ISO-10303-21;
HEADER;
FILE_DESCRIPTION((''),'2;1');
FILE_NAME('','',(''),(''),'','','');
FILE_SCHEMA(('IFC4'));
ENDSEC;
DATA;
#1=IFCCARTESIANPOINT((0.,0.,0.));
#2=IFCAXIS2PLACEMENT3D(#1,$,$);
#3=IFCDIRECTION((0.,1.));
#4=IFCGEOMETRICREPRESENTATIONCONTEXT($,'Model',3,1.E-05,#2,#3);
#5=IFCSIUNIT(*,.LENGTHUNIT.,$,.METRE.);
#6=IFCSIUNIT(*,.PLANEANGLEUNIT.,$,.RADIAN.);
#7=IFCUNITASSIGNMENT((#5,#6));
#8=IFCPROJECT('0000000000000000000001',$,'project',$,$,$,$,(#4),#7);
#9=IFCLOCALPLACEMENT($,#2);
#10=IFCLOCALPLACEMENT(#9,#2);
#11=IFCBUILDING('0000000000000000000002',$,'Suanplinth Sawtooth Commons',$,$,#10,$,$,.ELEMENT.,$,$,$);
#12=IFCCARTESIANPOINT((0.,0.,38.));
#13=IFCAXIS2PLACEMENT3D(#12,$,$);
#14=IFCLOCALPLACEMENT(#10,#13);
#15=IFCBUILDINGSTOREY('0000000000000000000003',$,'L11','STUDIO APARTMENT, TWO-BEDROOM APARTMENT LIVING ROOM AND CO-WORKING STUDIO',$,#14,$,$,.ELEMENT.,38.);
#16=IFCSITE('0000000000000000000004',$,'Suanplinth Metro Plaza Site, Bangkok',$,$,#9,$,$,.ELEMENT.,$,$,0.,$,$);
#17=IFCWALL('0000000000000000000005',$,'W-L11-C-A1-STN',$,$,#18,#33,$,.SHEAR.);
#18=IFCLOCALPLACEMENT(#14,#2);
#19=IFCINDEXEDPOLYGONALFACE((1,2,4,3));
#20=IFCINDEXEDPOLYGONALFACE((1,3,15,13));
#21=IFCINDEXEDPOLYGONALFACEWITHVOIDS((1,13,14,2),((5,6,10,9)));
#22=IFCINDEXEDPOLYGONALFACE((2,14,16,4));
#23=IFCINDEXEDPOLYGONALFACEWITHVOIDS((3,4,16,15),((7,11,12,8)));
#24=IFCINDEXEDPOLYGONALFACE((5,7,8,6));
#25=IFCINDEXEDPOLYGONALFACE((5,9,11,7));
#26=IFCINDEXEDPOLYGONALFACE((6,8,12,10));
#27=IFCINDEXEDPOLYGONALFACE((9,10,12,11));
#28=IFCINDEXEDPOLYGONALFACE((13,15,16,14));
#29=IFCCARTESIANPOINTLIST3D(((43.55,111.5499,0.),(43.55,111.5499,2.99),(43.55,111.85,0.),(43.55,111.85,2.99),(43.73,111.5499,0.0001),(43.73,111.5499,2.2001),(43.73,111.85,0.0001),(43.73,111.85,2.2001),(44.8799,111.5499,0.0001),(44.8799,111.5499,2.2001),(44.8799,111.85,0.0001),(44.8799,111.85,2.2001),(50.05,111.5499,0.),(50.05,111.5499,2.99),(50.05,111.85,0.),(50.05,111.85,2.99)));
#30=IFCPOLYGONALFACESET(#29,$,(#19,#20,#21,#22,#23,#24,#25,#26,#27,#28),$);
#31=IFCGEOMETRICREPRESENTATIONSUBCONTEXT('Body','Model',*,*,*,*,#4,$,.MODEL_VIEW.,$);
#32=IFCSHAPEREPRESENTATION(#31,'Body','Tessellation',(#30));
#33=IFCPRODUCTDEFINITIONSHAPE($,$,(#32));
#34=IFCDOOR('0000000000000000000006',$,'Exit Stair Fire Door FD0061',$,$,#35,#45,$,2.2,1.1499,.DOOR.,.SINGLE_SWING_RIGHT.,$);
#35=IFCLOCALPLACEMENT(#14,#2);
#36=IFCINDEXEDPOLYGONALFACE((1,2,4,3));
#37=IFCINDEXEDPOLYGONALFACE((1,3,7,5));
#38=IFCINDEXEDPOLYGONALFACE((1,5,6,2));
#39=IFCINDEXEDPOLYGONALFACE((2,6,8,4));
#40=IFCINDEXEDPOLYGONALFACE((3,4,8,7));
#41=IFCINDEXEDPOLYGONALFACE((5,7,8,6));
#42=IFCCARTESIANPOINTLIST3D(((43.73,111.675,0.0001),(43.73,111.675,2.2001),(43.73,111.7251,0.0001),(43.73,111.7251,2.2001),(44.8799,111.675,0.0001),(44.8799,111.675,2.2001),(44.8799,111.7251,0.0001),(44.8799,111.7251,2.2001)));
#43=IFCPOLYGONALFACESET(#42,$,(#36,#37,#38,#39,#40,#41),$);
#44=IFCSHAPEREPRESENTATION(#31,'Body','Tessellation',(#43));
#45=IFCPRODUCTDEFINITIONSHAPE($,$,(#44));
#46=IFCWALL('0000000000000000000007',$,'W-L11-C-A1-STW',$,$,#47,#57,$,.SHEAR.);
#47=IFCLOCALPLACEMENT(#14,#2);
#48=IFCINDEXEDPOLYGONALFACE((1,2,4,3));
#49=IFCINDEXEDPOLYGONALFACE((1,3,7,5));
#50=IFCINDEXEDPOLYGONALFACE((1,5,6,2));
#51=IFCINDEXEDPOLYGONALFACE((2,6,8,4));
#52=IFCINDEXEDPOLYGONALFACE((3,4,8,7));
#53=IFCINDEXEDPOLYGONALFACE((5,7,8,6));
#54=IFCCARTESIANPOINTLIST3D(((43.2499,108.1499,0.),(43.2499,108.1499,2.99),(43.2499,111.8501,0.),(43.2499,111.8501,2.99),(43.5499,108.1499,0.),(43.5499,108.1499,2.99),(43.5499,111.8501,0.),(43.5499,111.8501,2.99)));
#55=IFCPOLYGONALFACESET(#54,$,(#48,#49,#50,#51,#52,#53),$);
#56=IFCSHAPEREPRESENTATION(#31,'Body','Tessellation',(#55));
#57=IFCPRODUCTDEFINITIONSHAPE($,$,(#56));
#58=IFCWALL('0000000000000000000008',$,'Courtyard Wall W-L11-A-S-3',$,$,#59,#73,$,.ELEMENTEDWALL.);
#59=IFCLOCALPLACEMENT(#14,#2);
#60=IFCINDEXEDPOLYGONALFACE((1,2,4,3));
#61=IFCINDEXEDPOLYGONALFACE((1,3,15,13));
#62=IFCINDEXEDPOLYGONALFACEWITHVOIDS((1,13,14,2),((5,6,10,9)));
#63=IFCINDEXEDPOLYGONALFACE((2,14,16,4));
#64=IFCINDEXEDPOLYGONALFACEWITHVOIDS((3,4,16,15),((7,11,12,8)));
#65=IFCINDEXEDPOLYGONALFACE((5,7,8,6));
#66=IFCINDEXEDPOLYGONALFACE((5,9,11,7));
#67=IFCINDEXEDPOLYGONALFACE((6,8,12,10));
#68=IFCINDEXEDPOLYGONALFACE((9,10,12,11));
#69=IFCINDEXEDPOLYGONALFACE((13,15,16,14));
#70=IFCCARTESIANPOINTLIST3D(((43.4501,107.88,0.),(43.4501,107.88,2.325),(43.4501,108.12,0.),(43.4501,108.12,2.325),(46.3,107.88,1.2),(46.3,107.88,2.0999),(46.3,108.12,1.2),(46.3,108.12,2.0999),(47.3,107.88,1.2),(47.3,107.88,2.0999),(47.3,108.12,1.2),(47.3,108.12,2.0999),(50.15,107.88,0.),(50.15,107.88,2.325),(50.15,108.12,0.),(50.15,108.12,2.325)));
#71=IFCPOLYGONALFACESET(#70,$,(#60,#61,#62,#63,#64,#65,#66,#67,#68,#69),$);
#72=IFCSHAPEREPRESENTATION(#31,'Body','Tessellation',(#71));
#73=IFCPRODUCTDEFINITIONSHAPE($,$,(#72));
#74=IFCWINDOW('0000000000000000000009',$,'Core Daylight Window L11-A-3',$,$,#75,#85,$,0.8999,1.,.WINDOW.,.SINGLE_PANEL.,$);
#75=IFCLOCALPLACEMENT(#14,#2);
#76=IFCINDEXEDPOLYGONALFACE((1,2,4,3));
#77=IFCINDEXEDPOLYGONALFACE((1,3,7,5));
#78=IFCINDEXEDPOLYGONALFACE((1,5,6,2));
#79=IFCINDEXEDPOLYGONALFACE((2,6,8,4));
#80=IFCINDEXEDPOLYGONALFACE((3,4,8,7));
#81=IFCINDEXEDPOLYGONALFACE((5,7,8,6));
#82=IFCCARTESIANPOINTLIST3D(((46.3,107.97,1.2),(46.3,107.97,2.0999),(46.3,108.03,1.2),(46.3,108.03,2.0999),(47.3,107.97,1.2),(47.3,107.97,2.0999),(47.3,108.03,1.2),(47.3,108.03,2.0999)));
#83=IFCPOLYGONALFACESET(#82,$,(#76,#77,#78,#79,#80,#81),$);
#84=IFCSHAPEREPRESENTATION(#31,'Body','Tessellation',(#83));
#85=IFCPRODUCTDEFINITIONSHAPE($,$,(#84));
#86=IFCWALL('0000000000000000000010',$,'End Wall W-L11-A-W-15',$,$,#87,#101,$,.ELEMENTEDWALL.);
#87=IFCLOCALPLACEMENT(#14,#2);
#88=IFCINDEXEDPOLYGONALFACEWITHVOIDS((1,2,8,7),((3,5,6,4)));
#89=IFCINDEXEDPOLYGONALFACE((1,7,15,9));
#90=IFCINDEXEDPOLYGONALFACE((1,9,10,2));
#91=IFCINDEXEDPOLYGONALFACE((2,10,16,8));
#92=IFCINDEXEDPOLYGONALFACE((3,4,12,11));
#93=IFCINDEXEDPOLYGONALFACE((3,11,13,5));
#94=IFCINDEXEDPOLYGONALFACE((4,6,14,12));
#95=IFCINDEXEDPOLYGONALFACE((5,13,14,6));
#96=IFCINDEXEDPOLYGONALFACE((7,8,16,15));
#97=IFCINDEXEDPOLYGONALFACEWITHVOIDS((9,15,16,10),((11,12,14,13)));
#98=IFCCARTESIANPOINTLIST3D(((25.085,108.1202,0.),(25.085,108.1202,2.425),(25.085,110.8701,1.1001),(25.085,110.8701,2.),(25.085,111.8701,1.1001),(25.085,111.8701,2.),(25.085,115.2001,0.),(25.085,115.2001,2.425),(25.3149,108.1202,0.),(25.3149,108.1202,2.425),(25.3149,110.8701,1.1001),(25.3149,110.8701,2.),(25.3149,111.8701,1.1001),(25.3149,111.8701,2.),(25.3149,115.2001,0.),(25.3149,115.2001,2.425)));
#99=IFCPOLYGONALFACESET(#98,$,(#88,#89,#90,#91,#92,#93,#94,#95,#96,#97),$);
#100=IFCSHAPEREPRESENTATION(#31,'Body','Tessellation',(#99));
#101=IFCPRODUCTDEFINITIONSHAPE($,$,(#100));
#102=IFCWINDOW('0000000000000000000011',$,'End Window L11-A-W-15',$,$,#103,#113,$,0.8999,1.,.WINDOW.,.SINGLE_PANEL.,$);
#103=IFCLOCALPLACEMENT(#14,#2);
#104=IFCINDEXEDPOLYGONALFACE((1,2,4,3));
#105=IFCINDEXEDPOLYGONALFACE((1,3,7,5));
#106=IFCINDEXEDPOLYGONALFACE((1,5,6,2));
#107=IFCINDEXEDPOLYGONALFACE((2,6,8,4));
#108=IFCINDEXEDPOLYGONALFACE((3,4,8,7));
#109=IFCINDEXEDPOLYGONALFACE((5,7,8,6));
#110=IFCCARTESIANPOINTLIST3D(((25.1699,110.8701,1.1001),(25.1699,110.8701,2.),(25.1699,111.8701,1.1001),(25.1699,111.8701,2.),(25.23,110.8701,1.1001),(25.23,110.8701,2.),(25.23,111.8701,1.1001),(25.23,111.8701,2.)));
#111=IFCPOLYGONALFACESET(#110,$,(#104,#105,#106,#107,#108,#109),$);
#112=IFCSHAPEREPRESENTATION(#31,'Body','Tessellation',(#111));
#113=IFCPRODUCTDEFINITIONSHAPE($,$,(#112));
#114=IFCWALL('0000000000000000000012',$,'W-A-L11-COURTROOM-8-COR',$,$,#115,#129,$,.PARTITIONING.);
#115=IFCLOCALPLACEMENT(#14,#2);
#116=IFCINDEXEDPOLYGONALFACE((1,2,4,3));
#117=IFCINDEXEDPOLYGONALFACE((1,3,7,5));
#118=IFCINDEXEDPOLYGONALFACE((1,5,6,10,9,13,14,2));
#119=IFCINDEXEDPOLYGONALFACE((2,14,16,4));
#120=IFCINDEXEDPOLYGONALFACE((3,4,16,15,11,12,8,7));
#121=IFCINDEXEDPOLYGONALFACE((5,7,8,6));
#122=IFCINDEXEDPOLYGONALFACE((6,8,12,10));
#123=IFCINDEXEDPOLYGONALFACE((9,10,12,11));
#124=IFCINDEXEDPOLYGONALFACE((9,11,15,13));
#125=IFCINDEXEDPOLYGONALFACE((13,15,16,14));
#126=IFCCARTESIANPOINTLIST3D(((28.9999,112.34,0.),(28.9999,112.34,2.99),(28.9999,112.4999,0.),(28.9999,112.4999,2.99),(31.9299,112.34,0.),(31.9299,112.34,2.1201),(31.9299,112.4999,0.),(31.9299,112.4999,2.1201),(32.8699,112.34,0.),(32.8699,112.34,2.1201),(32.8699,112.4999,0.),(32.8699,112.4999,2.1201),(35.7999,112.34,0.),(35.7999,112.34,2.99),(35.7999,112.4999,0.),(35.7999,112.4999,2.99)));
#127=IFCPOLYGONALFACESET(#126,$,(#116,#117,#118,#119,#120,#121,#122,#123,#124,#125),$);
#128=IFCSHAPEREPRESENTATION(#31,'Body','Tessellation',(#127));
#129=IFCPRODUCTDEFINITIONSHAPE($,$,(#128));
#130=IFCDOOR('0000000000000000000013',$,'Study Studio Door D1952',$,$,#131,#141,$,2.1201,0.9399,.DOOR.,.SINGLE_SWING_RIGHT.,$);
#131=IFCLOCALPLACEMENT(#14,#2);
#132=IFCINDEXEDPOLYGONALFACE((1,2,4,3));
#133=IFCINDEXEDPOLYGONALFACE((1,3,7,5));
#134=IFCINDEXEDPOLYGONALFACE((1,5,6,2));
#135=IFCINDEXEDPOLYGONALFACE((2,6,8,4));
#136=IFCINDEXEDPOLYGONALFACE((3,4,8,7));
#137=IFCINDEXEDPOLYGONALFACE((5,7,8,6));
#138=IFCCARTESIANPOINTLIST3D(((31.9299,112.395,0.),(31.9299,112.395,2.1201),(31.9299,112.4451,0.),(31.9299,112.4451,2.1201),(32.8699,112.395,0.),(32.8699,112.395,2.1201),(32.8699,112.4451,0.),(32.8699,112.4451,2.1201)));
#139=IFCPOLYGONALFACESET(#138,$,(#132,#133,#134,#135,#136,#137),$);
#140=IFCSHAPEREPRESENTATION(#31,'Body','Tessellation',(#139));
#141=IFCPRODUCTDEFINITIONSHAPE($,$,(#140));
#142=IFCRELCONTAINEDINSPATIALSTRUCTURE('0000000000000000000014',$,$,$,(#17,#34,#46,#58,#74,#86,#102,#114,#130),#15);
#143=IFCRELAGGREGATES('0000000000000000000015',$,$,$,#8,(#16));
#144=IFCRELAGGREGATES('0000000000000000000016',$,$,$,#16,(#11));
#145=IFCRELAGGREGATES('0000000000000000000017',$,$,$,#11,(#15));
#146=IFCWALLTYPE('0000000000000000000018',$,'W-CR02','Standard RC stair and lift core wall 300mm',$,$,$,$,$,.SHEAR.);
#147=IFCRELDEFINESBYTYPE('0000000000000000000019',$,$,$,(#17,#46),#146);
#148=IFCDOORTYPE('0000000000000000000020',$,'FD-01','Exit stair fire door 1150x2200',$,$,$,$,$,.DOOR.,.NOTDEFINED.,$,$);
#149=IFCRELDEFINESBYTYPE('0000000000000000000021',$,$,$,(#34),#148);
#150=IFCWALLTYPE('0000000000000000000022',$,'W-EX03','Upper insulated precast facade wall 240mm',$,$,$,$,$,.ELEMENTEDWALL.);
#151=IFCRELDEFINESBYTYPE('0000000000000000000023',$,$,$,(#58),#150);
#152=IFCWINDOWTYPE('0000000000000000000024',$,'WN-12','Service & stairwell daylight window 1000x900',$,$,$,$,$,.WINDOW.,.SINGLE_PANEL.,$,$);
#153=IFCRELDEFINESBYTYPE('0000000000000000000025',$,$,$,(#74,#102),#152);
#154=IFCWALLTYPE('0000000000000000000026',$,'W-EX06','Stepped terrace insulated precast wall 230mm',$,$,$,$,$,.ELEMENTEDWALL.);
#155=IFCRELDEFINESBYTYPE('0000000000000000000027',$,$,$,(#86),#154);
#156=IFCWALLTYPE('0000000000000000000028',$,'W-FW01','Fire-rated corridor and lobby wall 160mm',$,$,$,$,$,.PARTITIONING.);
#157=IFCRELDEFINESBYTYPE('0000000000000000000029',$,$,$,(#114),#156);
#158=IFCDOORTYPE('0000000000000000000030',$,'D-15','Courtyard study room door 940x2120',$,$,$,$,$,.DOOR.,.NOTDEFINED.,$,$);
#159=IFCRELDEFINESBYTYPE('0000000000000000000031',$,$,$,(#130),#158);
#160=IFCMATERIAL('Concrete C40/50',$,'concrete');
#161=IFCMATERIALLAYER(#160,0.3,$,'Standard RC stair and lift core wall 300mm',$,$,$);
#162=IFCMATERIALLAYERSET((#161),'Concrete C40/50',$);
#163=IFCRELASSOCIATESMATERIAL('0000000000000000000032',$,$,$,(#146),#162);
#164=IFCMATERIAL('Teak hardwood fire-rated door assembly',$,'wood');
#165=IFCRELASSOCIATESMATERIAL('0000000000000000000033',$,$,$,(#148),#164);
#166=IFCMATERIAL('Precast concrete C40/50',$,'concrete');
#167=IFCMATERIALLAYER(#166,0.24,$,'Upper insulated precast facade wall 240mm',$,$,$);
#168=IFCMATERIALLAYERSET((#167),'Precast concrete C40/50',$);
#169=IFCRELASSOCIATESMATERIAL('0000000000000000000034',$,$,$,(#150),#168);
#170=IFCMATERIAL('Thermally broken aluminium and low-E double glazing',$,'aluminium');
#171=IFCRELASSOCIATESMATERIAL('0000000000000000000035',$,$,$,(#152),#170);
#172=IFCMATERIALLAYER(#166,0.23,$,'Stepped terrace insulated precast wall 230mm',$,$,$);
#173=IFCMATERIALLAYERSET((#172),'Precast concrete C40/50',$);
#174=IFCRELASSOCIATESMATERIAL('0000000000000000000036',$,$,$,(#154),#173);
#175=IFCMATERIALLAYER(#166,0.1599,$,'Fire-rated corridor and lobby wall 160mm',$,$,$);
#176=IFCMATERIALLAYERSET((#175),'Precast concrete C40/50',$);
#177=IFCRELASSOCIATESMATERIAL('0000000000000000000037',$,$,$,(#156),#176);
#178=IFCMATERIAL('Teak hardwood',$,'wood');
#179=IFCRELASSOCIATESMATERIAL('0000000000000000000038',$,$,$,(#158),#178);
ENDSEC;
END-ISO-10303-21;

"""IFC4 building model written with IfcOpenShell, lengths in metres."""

from ifc_helpers import new_model, si_unit, direction, frame, frame_2d, origin, place, context, subcontext, project, spatial, rectangle, extrude, material, layer, layer_set, type_object, element, fill, save


model = new_model("IFC4")

# Units and contexts
model_context = context("Model", 3, precision=1e-05, world=origin(), true_north=direction((0.0, 1.0)))
body_context = subcontext(model_context, "Body", "Model", "MODEL_VIEW")
ifc_project = project(units=[si_unit("LENGTHUNIT", "METRE"), si_unit("PLANEANGLEUNIT", "RADIAN")], contexts=[model_context])

# Site, building, storey
site_placement = place(None, origin())
site = spatial("IfcSite", under=ifc_project, at=site_placement, Name="Suanplinth Metro Plaza Site, Bangkok", CompositionType="ELEMENT", RefElevation=0.0)
building_placement = place(site_placement, origin())
building = spatial("IfcBuilding", under=site, at=building_placement, Name="Suanplinth Sawtooth Commons", CompositionType="ELEMENT")
storey_placement = place(building_placement, frame((0.0, 0.0, 38.0)))
storey = spatial("IfcBuildingStorey", under=building, at=storey_placement, Name="L11", Description="STUDIO APARTMENT, TWO-BEDROOM APARTMENT LIVING ROOM AND CO-WORKING STUDIO", CompositionType="ELEMENT", Elevation=38.0)

# Shared definitions
ifc_material_1 = material(Name="Precast concrete C40/50", Category="concrete")

# Shared definitions
ifc_material_2 = material(Name="Concrete C40/50", Category="concrete")
ifc_layer_1 = layer(ifc_material_2, 0.3, Name="Standard RC stair and lift core wall 300mm")
ifc_layer_set_1 = layer_set([ifc_layer_1], Name="Concrete C40/50")
wall_type_1 = type_object("IfcWallType", Name="W-CR02", Description="Standard RC stair and lift core wall 300mm", PredefinedType="SHEAR", material=ifc_layer_set_1)

# Wall, opening, door
wall_1_placement = place(storey_placement, frame((43.55, 111.7, 0.0), z_axis=(0.0, 0.0, 1.0), x_axis=(1.0, 0.0, 0.0)))
wall_1 = element("IfcWall", 1, at=wall_1_placement, inside=storey, type_object=wall_type_1, Name="W-L11-C-A1-STN", PredefinedType="SHEAR", context=body_context, shape_type="SweptSolid", body=[
    extrude(rectangle(XDim=6.5, YDim=0.3, at=frame_2d((3.25, 0.0))), origin(), (0.0, 0.0, 1.0), 2.99),
])
opening_1_placement = place(wall_1_placement, frame((0.1799, 0.0, 0.0)))
opening_1 = element("IfcOpeningElement", 2, at=opening_1_placement, cuts=wall_1, PredefinedType="OPENING", context=body_context, shape_type="SweptSolid", body=[
    extrude(rectangle(XDim=1.1499, YDim=2.2, at=frame_2d((0.575, 1.1001))), frame((0.0, 0.165, 0.0), z_axis=(0.0, -1.0, 0.0), x_axis=(1.0, 0.0, 0.0)), (0.0, 0.0, 1.0), 0.3298),
])
ifc_material_3 = material(Name="Teak hardwood fire-rated door assembly", Category="wood")
door_type_1 = type_object("IfcDoorType", Name="FD-01", Description="Exit stair fire door 1150x2200", OperationType="NOTDEFINED", PredefinedType="DOOR", material=ifc_material_3)
door_1_placement = place(opening_1_placement, frame((1.1499, 0.0, 0.0), z_axis=(0.0, 0.0, 1.0), x_axis=(-1.0, 0.0, 0.0)))
door_1 = element("IfcDoor", 3, at=door_1_placement, inside=storey, type_object=door_type_1, Name="Exit Stair Fire Door FD0061", OperationType="SINGLE_SWING_RIGHT", OverallHeight=2.2, OverallWidth=1.1499, PredefinedType="DOOR", context=body_context, shape_type="SweptSolid", body=[
    extrude(rectangle(XDim=1.1499, YDim=2.2, at=frame_2d((0.575, 1.1001))), frame((0.0, 0.0249, 0.0), z_axis=(0.0, -1.0, 0.0), x_axis=(1.0, 0.0, 0.0)), (0.0, 0.0, 1.0), 0.05),
])
fill(opening_1, door_1)

# Wall
wall_2_placement = place(storey_placement, frame((43.3999, 108.1499, 0.0), z_axis=(0.0, 0.0, 1.0), x_axis=(0.0, 1.0, 0.0)))
element("IfcWall", 4, at=wall_2_placement, inside=storey, type_object=wall_type_1, Name="W-L11-C-A1-STW", PredefinedType="SHEAR", context=body_context, shape_type="SweptSolid", body=[
    extrude(rectangle(XDim=3.7002, YDim=0.3, at=frame_2d((1.8501, 0.0))), origin(), (0.0, 0.0, 1.0), 2.99),
])

# Shared definitions
ifc_layer_2 = layer(ifc_material_1, 0.24, Name="Upper insulated precast facade wall 240mm")
ifc_layer_set_2 = layer_set([ifc_layer_2], Name="Precast concrete C40/50")
wall_type_2 = type_object("IfcWallType", Name="W-EX03", Description="Upper insulated precast facade wall 240mm", PredefinedType="ELEMENTEDWALL", material=ifc_layer_set_2)

# Walls, openings, windows
wall_3_placement = place(storey_placement, frame((43.45, 108.0, 0.0), z_axis=(0.0, 0.0, 1.0), x_axis=(1.0, 0.0, 0.0)))
wall_3 = element("IfcWall", 5, at=wall_3_placement, inside=storey, type_object=wall_type_2, Name="Courtyard Wall W-L11-A-S-3", PredefinedType="ELEMENTEDWALL", context=body_context, shape_type="SweptSolid", body=[
    extrude(rectangle(XDim=6.7, YDim=0.24, at=frame_2d((3.3501, 0.0))), origin(), (0.0, 0.0, 1.0), 2.325),
])
opening_2_placement = place(wall_3_placement, frame((2.8501, 0.0, 1.2)))
opening_2 = element("IfcOpeningElement", 6, at=opening_2_placement, cuts=wall_3, PredefinedType="OPENING", context=body_context, shape_type="SweptSolid", body=[
    extrude(rectangle(XDim=1.0, YDim=0.8999, at=frame_2d((0.5, 0.45))), frame((0.0, 0.1348, 0.0), z_axis=(0.0, -1.0, 0.0), x_axis=(1.0, 0.0, 0.0)), (0.0, 0.0, 1.0), 0.2698),
])
ifc_material_4 = material(Name="Thermally broken aluminium and low-E double glazing", Category="aluminium")
window_type = type_object("IfcWindowType", Name="WN-12", Description="Service & stairwell daylight window 1000x900", PartitioningType="SINGLE_PANEL", PredefinedType="WINDOW", material=ifc_material_4)
window_1_placement = place(opening_2_placement, origin())
window_1 = element("IfcWindow", 7, at=window_1_placement, inside=storey, type_object=window_type, Name="Core Daylight Window L11-A-3", OverallHeight=0.8999, OverallWidth=1.0, PartitioningType="SINGLE_PANEL", PredefinedType="WINDOW", context=body_context, shape_type="SweptSolid", body=[
    extrude(rectangle(XDim=1.0, YDim=0.8999, at=frame_2d((0.5, 0.45))), frame((0.0, 0.03, 0.0), z_axis=(0.0, -1.0, 0.0), x_axis=(1.0, 0.0, 0.0)), (0.0, 0.0, 1.0), 0.0601),
])
fill(opening_2, window_1)
ifc_layer_3 = layer(ifc_material_1, 0.23, Name="Stepped terrace insulated precast wall 230mm")
ifc_layer_set_3 = layer_set([ifc_layer_3], Name="Precast concrete C40/50")
wall_type_3 = type_object("IfcWallType", Name="W-EX06", Description="Stepped terrace insulated precast wall 230mm", PredefinedType="ELEMENTEDWALL", material=ifc_layer_set_3)
wall_4_placement = place(storey_placement, frame((25.2, 108.1201, 0.0), z_axis=(0.0, 0.0, 1.0), x_axis=(0.0, 1.0, 0.0)))
wall_4 = element("IfcWall", 8, at=wall_4_placement, inside=storey, type_object=wall_type_3, Name="End Wall W-L11-A-W-15", PredefinedType="ELEMENTEDWALL", context=body_context, shape_type="SweptSolid", body=[
    extrude(rectangle(XDim=7.0798, YDim=0.23, at=frame_2d((3.54, 0.0))), origin(), (0.0, 0.0, 1.0), 2.425),
])
opening_3_placement = place(wall_4_placement, frame((2.75, 0.0, 1.1001)))
opening_3 = element("IfcOpeningElement", 9, at=opening_3_placement, cuts=wall_4, PredefinedType="OPENING", context=body_context, shape_type="SweptSolid", body=[
    extrude(rectangle(XDim=1.0, YDim=0.8999, at=frame_2d((0.5, 0.45))), frame((0.0, 0.1299, 0.0), z_axis=(0.0, -1.0, 0.0), x_axis=(1.0, 0.0, 0.0)), (0.0, 0.0, 1.0), 0.2598),
])
window_2_placement = place(opening_3_placement, origin())
window_2 = element("IfcWindow", 10, at=window_2_placement, inside=storey, type_object=window_type, Name="End Window L11-A-W-15", OverallHeight=0.8999, OverallWidth=1.0, PartitioningType="SINGLE_PANEL", PredefinedType="WINDOW", context=body_context, shape_type="SweptSolid", body=[
    extrude(rectangle(XDim=1.0, YDim=0.8999, at=frame_2d((0.5, 0.45))), frame((0.0, 0.03, 0.0), z_axis=(0.0, -1.0, 0.0), x_axis=(1.0, 0.0, 0.0)), (0.0, 0.0, 1.0), 0.0601),
])
fill(opening_3, window_2)

# Wall, opening, door
ifc_layer_4 = layer(ifc_material_1, 0.1599, Name="Fire-rated corridor and lobby wall 160mm")
ifc_layer_set_4 = layer_set([ifc_layer_4], Name="Precast concrete C40/50")
wall_type_4 = type_object("IfcWallType", Name="W-FW01", Description="Fire-rated corridor and lobby wall 160mm", PredefinedType="PARTITIONING", material=ifc_layer_set_4)
ifc_material_5 = material(Name="Teak hardwood", Category="wood")
door_type_2 = type_object("IfcDoorType", Name="D-15", Description="Courtyard study room door 940x2120", OperationType="NOTDEFINED", PredefinedType="DOOR", material=ifc_material_5)
wall_5_placement = place(storey_placement, frame((29.0, 112.4199, 0.0), z_axis=(0.0, 0.0, 1.0), x_axis=(1.0, 0.0, 0.0)))
wall_5 = element("IfcWall", 11, at=wall_5_placement, inside=storey, type_object=wall_type_4, Name="W-A-L11-COURTROOM-8-COR", PredefinedType="PARTITIONING", context=body_context, shape_type="SweptSolid", body=[
    extrude(rectangle(XDim=6.8, YDim=0.1599, at=frame_2d((3.3999, 0.0))), origin(), (0.0, 0.0, 1.0), 2.99),
])
opening_4_placement = place(wall_5_placement, frame((2.9299, 0.0, 0.0)))
opening_4 = element("IfcOpeningElement", 12, at=opening_4_placement, cuts=wall_5, PredefinedType="OPENING", context=body_context, shape_type="SweptSolid", body=[
    extrude(rectangle(XDim=0.9399, YDim=2.1201, at=frame_2d((0.47, 1.0601))), frame((0.0, 0.0947, 0.0), z_axis=(0.0, -1.0, 0.0), x_axis=(1.0, 0.0, 0.0)), (0.0, 0.0, 1.0), 0.1897),
])
door_2_placement = place(opening_4_placement, frame((0.9399, 0.0, 0.0), z_axis=(0.0, 0.0, 1.0), x_axis=(-1.0, 0.0, 0.0)))
door_2 = element("IfcDoor", 13, at=door_2_placement, inside=storey, type_object=door_type_2, Name="Study Studio Door D1952", OperationType="SINGLE_SWING_RIGHT", OverallHeight=2.1201, OverallWidth=0.9399, PredefinedType="DOOR", context=body_context, shape_type="SweptSolid", body=[
    extrude(rectangle(XDim=0.9399, YDim=2.1201, at=frame_2d((0.47, 1.0601))), frame((0.0, 0.0249, 0.0), z_axis=(0.0, -1.0, 0.0), x_axis=(1.0, 0.0, 0.0)), (0.0, 0.0, 1.0), 0.05),
])
fill(opening_4, door_2)

save(model, "model.ifc")
